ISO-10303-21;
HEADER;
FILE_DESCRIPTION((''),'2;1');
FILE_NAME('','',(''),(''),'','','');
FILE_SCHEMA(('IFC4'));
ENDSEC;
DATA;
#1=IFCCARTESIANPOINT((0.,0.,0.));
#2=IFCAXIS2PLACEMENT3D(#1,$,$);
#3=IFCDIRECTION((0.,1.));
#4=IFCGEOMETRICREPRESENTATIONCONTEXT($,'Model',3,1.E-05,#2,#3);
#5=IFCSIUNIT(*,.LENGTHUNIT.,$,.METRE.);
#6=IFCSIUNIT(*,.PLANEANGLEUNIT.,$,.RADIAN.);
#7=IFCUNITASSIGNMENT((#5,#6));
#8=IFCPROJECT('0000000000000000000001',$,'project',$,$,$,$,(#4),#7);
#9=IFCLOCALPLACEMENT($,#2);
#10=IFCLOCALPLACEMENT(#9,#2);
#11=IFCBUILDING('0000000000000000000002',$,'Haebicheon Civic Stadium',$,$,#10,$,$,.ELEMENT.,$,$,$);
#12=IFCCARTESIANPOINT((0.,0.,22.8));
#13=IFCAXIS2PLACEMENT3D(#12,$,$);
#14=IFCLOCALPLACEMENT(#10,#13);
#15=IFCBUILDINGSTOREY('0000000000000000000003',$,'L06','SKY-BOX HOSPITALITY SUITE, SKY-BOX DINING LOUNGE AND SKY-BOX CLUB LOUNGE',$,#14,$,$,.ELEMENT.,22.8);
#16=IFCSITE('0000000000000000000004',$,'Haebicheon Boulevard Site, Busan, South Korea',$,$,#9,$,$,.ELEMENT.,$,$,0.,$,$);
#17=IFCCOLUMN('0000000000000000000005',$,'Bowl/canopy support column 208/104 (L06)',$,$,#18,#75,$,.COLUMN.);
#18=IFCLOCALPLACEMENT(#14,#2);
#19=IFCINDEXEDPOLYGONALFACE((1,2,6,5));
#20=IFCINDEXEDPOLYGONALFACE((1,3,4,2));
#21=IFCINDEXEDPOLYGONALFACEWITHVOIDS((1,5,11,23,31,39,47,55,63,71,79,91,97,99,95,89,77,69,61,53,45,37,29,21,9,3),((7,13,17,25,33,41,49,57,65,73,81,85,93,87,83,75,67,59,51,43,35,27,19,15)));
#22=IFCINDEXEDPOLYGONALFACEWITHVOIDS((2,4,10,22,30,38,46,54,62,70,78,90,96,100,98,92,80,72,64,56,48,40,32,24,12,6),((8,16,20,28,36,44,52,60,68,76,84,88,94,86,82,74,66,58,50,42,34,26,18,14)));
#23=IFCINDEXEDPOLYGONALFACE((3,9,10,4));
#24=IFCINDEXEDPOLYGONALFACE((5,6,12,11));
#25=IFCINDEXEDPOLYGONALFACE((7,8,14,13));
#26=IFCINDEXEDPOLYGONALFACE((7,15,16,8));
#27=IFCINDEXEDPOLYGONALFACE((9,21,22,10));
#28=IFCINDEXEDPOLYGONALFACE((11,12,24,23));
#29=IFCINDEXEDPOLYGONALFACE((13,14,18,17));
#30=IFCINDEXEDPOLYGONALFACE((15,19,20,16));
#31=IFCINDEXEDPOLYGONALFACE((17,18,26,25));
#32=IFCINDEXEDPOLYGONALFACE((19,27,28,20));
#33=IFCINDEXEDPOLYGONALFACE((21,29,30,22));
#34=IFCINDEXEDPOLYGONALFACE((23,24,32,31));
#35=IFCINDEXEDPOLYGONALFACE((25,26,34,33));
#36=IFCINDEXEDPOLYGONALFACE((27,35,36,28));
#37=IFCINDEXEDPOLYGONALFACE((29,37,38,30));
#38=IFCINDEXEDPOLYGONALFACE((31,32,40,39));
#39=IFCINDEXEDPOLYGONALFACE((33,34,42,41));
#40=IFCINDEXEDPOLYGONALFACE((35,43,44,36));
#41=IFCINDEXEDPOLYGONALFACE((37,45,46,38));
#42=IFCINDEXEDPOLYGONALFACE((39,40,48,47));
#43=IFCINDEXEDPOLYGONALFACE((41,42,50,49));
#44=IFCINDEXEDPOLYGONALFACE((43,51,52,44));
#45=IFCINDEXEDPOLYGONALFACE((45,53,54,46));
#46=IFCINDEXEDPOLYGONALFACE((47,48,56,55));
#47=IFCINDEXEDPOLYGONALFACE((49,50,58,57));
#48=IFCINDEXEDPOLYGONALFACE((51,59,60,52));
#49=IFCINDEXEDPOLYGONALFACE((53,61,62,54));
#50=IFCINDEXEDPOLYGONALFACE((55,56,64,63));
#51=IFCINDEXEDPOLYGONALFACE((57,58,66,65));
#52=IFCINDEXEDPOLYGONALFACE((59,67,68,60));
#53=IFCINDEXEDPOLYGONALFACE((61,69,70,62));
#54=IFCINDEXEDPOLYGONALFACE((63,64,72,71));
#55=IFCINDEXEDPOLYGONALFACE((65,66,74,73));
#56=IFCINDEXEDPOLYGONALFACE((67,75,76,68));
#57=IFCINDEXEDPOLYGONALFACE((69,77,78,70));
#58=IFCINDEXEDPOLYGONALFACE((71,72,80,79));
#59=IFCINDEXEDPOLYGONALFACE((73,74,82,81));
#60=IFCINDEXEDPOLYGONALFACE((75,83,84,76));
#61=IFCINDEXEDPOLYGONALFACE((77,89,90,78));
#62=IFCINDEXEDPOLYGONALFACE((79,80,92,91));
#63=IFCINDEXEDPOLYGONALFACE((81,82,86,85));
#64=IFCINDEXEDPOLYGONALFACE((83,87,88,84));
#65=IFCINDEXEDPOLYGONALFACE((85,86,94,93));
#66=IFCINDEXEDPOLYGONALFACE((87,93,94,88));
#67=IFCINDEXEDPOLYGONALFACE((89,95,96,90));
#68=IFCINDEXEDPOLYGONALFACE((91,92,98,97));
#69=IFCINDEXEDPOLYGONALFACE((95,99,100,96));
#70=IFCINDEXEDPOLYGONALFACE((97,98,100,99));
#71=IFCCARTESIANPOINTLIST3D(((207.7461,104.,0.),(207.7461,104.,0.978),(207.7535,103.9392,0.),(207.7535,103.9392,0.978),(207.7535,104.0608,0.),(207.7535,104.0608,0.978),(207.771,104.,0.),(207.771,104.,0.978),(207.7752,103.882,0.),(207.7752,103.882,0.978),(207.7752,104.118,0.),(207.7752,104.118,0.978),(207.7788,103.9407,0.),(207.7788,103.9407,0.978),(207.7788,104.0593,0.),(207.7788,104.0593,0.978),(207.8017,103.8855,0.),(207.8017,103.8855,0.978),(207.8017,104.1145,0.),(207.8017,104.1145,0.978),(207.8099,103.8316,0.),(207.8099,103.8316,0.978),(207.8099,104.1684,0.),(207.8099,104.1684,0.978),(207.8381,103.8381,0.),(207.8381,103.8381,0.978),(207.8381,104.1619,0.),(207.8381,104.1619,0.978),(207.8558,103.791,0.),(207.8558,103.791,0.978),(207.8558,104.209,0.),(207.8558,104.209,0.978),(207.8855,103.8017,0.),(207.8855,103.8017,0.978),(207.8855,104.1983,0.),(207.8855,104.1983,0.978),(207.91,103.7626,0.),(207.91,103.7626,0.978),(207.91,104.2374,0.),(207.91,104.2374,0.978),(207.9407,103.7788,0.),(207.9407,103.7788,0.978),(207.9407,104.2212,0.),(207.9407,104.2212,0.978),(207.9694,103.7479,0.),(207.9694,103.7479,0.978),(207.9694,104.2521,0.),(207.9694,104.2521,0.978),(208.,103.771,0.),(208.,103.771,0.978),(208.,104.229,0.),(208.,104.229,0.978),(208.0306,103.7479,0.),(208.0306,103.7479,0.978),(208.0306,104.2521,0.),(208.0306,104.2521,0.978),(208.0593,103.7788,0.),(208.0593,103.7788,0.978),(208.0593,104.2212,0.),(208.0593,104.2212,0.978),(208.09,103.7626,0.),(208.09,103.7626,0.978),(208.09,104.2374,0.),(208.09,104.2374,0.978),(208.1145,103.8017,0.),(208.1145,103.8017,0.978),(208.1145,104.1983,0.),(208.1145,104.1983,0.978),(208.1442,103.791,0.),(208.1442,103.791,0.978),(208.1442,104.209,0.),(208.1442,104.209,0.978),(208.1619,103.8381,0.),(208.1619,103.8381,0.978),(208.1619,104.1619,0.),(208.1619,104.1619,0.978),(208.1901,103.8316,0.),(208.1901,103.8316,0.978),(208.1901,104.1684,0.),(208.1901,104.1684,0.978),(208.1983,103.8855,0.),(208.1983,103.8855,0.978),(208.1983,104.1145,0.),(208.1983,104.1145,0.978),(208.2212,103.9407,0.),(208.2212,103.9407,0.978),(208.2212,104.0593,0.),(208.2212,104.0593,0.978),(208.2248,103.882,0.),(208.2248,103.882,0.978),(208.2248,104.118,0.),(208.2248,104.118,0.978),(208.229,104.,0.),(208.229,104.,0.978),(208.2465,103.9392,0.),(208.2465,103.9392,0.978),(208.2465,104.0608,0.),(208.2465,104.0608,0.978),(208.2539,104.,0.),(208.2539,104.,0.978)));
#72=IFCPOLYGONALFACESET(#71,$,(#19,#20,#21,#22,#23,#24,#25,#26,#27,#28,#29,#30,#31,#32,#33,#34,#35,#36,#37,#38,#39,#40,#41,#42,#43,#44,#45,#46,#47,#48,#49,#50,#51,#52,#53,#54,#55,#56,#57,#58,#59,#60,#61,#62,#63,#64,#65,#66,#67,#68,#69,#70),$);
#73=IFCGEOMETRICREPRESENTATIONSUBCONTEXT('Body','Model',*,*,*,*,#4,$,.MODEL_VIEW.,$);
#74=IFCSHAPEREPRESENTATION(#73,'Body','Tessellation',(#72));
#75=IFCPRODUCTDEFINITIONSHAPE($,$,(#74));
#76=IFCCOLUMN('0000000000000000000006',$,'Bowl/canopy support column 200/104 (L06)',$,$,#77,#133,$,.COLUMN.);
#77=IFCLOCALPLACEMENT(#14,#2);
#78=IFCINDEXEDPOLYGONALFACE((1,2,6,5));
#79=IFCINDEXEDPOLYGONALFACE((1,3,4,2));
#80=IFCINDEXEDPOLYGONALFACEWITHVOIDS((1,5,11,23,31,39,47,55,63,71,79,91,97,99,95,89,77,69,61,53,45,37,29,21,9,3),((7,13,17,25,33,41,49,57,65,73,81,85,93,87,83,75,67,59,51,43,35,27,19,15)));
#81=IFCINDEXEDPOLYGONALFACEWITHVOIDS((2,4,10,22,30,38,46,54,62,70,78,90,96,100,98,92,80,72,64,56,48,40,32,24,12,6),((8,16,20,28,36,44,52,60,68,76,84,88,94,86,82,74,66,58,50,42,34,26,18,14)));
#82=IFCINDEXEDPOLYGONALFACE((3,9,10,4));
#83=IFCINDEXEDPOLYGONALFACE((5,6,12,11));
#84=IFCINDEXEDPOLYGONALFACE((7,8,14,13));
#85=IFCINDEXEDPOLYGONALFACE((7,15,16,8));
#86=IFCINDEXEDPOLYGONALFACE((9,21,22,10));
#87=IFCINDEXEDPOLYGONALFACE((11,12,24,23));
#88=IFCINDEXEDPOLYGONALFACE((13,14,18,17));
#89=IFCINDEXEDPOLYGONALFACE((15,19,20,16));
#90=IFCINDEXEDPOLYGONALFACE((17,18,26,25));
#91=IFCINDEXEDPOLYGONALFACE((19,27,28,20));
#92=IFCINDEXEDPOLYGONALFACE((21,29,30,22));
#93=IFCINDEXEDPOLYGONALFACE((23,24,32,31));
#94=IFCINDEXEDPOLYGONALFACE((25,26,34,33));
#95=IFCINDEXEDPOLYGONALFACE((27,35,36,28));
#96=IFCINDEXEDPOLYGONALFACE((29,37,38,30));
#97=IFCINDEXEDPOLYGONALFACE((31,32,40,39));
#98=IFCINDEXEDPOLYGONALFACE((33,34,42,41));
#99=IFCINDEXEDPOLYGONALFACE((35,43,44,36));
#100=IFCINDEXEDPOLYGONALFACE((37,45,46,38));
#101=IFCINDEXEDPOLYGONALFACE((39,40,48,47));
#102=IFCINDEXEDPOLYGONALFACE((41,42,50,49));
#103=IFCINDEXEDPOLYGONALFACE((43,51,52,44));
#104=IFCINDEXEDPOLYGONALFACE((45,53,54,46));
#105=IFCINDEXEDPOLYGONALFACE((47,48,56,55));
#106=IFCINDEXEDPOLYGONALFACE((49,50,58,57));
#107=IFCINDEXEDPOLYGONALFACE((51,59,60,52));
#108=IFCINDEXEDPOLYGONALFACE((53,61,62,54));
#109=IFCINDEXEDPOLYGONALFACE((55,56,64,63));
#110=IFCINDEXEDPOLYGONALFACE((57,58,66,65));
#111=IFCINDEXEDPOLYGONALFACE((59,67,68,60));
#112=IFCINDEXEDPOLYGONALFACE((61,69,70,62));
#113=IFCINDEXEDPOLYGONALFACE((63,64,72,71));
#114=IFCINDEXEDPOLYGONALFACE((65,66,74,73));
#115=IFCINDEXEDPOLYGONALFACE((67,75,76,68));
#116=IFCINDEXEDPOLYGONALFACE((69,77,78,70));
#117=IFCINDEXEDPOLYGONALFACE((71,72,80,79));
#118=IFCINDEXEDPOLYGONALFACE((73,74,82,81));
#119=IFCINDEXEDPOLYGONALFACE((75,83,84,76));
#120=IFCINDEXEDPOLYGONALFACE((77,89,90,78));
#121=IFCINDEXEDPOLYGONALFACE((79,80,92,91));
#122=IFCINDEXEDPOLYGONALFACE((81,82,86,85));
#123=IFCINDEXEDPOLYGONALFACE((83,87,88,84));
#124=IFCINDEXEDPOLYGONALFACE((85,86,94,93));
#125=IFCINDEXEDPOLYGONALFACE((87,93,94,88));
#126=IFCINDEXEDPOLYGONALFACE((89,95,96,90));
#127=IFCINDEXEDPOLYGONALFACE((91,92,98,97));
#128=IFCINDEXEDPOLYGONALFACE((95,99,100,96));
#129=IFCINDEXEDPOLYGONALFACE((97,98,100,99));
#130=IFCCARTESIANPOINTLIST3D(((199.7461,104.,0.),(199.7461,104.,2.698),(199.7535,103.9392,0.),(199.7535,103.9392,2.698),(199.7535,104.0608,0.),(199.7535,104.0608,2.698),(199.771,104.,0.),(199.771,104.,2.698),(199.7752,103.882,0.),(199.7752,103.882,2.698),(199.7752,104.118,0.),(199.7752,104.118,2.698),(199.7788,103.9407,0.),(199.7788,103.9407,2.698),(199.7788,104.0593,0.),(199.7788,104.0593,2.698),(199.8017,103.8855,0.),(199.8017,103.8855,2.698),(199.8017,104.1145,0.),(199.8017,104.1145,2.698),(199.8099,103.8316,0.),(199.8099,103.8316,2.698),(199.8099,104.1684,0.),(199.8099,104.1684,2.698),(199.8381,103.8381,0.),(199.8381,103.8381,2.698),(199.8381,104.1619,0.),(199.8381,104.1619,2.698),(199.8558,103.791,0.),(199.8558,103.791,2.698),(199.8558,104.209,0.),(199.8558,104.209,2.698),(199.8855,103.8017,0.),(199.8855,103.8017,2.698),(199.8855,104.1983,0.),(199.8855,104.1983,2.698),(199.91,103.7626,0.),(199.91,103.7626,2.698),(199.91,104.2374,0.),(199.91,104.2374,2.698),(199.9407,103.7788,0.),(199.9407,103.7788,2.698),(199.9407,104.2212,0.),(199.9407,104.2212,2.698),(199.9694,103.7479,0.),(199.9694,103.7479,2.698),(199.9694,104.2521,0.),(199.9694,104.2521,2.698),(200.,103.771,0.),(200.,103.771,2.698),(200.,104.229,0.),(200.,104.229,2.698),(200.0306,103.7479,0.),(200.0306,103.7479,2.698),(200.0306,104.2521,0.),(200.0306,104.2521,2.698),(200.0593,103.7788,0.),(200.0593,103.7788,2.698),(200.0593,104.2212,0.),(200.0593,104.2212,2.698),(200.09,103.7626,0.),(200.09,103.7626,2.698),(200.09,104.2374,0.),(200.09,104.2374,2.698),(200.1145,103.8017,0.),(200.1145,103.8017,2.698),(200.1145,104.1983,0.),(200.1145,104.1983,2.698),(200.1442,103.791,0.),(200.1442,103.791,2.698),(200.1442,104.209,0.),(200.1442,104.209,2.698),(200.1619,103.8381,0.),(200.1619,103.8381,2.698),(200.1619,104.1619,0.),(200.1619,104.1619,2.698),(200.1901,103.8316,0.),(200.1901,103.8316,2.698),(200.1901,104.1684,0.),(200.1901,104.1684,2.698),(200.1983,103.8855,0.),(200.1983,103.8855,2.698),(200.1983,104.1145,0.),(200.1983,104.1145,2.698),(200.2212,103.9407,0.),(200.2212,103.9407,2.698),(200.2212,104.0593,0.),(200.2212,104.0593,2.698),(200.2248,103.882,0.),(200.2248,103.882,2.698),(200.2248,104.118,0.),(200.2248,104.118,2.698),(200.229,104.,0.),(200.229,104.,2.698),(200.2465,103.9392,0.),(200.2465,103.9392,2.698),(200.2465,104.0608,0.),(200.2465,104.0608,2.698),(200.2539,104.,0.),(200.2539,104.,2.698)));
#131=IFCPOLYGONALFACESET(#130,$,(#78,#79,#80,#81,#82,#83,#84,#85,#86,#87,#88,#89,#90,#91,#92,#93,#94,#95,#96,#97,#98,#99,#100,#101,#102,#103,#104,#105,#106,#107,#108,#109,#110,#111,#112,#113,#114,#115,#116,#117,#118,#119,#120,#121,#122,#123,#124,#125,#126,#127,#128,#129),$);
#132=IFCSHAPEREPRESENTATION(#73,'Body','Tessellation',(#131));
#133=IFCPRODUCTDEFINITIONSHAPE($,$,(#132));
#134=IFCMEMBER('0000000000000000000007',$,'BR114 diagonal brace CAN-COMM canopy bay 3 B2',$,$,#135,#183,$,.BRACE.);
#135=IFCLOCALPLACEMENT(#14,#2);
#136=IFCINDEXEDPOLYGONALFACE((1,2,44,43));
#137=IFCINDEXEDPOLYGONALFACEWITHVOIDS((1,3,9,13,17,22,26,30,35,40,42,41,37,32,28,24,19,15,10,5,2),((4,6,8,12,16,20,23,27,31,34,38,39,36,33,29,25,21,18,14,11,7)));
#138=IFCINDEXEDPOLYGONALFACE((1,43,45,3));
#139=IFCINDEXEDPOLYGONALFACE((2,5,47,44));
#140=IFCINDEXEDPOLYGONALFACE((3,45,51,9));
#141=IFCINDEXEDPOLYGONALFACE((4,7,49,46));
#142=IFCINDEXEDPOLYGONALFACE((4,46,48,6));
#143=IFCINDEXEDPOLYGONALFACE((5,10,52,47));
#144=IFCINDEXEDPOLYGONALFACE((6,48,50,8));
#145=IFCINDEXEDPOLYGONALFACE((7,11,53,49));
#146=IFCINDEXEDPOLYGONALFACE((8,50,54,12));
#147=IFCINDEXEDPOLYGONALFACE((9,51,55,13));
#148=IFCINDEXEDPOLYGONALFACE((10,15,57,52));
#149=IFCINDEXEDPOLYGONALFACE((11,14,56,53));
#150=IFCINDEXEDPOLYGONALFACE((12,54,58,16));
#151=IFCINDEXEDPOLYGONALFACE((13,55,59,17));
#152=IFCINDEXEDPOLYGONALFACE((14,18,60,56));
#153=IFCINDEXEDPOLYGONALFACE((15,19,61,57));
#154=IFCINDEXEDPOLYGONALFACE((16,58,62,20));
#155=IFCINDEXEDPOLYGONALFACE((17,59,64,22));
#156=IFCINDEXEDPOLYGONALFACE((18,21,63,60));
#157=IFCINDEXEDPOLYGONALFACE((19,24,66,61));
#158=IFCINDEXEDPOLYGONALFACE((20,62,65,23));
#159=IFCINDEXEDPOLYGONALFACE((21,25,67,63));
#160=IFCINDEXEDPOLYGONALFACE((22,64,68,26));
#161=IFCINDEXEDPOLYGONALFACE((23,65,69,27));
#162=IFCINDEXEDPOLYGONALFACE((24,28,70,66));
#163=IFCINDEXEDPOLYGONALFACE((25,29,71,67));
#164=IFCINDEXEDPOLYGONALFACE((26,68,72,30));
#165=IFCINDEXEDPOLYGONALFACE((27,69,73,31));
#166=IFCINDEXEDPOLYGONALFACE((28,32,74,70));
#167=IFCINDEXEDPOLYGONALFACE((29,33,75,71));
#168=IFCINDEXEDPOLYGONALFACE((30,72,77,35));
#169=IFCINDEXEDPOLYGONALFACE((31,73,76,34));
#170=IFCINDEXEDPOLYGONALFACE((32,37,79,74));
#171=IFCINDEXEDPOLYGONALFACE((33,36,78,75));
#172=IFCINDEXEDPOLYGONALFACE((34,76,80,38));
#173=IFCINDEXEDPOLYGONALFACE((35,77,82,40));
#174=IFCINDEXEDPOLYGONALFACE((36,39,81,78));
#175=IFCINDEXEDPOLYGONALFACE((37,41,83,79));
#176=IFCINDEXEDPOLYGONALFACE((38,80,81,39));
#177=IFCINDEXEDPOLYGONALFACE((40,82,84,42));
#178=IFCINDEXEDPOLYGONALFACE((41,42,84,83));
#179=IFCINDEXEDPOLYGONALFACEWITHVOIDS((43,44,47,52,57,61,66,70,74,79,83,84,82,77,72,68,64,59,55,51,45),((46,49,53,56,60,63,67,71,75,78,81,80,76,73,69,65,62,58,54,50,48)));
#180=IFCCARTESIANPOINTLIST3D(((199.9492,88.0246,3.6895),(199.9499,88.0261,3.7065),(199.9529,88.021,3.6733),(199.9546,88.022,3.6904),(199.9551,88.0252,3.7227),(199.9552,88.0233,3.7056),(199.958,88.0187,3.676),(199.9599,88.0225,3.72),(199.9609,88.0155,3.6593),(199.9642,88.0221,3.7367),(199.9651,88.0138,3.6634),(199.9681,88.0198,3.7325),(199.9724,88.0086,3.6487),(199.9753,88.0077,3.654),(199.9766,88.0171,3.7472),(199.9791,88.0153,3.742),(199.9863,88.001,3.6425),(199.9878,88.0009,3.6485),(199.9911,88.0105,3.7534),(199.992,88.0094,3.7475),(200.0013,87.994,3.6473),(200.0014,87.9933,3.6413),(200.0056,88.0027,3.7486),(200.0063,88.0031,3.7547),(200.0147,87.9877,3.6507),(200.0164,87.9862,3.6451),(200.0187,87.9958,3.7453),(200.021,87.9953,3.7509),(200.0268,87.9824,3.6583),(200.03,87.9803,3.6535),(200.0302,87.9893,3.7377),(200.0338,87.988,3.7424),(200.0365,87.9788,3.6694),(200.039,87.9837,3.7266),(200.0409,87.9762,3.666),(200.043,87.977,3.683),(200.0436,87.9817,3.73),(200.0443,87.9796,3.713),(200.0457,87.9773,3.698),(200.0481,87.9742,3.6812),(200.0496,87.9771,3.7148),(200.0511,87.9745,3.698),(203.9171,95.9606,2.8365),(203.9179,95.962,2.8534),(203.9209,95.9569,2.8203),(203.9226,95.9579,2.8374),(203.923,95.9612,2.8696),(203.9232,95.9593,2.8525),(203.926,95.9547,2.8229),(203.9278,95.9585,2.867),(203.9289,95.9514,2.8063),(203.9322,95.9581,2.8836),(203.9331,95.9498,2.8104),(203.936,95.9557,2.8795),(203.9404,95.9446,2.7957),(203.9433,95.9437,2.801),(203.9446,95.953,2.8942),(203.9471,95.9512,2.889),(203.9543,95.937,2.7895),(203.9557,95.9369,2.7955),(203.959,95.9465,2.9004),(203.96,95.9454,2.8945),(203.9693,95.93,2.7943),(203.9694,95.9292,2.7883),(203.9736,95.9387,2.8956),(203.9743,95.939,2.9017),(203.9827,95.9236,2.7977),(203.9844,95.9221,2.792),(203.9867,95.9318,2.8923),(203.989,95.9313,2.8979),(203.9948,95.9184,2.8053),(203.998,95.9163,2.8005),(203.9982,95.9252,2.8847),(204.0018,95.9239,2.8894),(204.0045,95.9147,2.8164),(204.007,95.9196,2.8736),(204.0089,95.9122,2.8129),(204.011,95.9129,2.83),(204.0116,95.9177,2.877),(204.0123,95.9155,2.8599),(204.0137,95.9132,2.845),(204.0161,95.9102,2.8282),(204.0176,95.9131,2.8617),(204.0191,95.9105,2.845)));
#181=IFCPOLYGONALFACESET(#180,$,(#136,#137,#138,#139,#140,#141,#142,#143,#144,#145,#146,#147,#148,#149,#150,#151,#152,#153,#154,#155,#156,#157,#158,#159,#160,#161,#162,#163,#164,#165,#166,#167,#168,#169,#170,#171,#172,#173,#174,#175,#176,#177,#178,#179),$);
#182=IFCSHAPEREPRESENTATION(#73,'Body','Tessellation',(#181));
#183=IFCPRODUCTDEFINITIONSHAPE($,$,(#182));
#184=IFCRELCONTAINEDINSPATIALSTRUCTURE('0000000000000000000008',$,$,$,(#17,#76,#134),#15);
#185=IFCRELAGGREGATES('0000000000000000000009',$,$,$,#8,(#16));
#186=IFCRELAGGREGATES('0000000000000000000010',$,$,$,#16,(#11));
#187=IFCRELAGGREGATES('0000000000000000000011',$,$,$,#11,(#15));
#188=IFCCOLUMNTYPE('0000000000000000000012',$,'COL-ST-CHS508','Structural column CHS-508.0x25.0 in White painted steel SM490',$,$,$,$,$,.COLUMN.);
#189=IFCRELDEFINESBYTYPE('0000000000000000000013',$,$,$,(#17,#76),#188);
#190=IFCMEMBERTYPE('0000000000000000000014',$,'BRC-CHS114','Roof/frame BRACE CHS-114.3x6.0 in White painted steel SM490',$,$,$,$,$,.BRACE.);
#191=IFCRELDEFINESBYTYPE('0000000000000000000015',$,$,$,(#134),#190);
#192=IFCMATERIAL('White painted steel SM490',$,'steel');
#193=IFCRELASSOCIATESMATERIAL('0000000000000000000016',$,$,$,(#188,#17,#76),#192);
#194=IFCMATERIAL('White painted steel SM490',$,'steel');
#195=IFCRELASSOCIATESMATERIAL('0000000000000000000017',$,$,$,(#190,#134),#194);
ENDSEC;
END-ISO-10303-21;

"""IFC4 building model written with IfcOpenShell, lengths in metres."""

from ifc_helpers import new_model, si_unit, direction, frame, origin, origin_2d, place, context, subcontext, project, spatial, hollow_circle, extrude, material, material_profile, profile_set, type_object, element, save


model = new_model("IFC4")

# Units and contexts
model_context = context("Model", 3, precision=1e-05, world=origin(), true_north=direction((0.0, 1.0)))
body_context = subcontext(model_context, "Body", "Model", "MODEL_VIEW")
ifc_project = project(units=[si_unit("LENGTHUNIT", "METRE"), si_unit("PLANEANGLEUNIT", "RADIAN")], contexts=[model_context])

# Site, building, storey
site_placement = place(None, origin())
site = spatial("IfcSite", under=ifc_project, at=site_placement, Name="Haebicheon Boulevard Site, Busan, South Korea", CompositionType="ELEMENT", RefElevation=0.0)
building_placement = place(site_placement, origin())
building = spatial("IfcBuilding", under=site, at=building_placement, Name="Haebicheon Civic Stadium", CompositionType="ELEMENT")
storey_placement = place(building_placement, frame((0.0, 0.0, 22.8)))
storey = spatial("IfcBuildingStorey", under=building, at=storey_placement, Name="L06", Description="SKY-BOX HOSPITALITY SUITE, SKY-BOX DINING LOUNGE AND SKY-BOX CLUB LOUNGE", CompositionType="ELEMENT", Elevation=22.8)

# Columns
ifc_material_1 = material(Name="White painted steel SM490", Category="steel")
ifc_material_profile_1 = material_profile(ifc_material_1, hollow_circle(Radius=0.2539, WallThickness=0.0249, at=origin_2d()), Name="CHS-508.0x25.0")
ifc_profile_set_1 = profile_set([ifc_material_profile_1], Name="White painted steel SM490")
column_type = type_object("IfcColumnType", Name="COL-ST-CHS508", Description="Structural column CHS-508.0x25.0 in White painted steel SM490", PredefinedType="COLUMN", material=ifc_profile_set_1)
column_1_placement = place(storey_placement, frame((208.0, 104.0, 0.0), z_axis=(0.0, 0.0, 1.0), x_axis=(1.0, 0.0, 0.0)))
element("IfcColumn", 1, at=column_1_placement, inside=storey, type_object=column_type, material=ifc_profile_set_1, Name="Bowl/canopy support column 208/104 (L06)", PredefinedType="COLUMN", context=body_context, shape_type="SweptSolid", body=[
    extrude(hollow_circle(Radius=0.2539, WallThickness=0.0249, at=origin_2d()), origin(), (0.0, 0.0, 1.0), 0.978),
])
column_2_placement = place(storey_placement, frame((200.0, 104.0, 0.0), z_axis=(0.0, 0.0, 1.0), x_axis=(1.0, 0.0, 0.0)))
element("IfcColumn", 2, at=column_2_placement, inside=storey, type_object=column_type, material=ifc_profile_set_1, Name="Bowl/canopy support column 200/104 (L06)", PredefinedType="COLUMN", context=body_context, shape_type="SweptSolid", body=[
    extrude(hollow_circle(Radius=0.2539, WallThickness=0.0249, at=origin_2d()), origin(), (0.0, 0.0, 1.0), 2.698),
])

# Member
ifc_material_2 = material(Name="White painted steel SM490", Category="steel")
ifc_material_profile_2 = material_profile(ifc_material_2, hollow_circle(Radius=0.0571, WallThickness=0.0061, at=origin_2d()), Name="CHS-114.3x6.0")
ifc_profile_set_2 = profile_set([ifc_material_profile_2], Name="White painted steel SM490")
member_type_1 = type_object("IfcMemberType", Name="BRC-CHS114", Description="Roof/frame BRACE CHS-114.3x6.0 in White painted steel SM490", PredefinedType="BRACE", material=ifc_profile_set_2)
member_1_placement = place(storey_placement, frame((203.968, 95.936, 2.845), z_axis=(-0.445161, -0.890322, 0.095699), x_axis=(0.894427, -0.447214, 0.0)))
element("IfcMember", 3, at=member_1_placement, inside=storey, type_object=member_type_1, material=ifc_profile_set_2, Name="BR114 diagonal brace CAN-COMM canopy bay 3 B2", PredefinedType="BRACE", context=body_context, shape_type="SweptSolid", body=[
    extrude(hollow_circle(Radius=0.0571, WallThickness=0.0061, at=origin_2d()), origin(), (0.0, 0.0, 1.0), 8.9136),
])

save(model, "model.ifc")
